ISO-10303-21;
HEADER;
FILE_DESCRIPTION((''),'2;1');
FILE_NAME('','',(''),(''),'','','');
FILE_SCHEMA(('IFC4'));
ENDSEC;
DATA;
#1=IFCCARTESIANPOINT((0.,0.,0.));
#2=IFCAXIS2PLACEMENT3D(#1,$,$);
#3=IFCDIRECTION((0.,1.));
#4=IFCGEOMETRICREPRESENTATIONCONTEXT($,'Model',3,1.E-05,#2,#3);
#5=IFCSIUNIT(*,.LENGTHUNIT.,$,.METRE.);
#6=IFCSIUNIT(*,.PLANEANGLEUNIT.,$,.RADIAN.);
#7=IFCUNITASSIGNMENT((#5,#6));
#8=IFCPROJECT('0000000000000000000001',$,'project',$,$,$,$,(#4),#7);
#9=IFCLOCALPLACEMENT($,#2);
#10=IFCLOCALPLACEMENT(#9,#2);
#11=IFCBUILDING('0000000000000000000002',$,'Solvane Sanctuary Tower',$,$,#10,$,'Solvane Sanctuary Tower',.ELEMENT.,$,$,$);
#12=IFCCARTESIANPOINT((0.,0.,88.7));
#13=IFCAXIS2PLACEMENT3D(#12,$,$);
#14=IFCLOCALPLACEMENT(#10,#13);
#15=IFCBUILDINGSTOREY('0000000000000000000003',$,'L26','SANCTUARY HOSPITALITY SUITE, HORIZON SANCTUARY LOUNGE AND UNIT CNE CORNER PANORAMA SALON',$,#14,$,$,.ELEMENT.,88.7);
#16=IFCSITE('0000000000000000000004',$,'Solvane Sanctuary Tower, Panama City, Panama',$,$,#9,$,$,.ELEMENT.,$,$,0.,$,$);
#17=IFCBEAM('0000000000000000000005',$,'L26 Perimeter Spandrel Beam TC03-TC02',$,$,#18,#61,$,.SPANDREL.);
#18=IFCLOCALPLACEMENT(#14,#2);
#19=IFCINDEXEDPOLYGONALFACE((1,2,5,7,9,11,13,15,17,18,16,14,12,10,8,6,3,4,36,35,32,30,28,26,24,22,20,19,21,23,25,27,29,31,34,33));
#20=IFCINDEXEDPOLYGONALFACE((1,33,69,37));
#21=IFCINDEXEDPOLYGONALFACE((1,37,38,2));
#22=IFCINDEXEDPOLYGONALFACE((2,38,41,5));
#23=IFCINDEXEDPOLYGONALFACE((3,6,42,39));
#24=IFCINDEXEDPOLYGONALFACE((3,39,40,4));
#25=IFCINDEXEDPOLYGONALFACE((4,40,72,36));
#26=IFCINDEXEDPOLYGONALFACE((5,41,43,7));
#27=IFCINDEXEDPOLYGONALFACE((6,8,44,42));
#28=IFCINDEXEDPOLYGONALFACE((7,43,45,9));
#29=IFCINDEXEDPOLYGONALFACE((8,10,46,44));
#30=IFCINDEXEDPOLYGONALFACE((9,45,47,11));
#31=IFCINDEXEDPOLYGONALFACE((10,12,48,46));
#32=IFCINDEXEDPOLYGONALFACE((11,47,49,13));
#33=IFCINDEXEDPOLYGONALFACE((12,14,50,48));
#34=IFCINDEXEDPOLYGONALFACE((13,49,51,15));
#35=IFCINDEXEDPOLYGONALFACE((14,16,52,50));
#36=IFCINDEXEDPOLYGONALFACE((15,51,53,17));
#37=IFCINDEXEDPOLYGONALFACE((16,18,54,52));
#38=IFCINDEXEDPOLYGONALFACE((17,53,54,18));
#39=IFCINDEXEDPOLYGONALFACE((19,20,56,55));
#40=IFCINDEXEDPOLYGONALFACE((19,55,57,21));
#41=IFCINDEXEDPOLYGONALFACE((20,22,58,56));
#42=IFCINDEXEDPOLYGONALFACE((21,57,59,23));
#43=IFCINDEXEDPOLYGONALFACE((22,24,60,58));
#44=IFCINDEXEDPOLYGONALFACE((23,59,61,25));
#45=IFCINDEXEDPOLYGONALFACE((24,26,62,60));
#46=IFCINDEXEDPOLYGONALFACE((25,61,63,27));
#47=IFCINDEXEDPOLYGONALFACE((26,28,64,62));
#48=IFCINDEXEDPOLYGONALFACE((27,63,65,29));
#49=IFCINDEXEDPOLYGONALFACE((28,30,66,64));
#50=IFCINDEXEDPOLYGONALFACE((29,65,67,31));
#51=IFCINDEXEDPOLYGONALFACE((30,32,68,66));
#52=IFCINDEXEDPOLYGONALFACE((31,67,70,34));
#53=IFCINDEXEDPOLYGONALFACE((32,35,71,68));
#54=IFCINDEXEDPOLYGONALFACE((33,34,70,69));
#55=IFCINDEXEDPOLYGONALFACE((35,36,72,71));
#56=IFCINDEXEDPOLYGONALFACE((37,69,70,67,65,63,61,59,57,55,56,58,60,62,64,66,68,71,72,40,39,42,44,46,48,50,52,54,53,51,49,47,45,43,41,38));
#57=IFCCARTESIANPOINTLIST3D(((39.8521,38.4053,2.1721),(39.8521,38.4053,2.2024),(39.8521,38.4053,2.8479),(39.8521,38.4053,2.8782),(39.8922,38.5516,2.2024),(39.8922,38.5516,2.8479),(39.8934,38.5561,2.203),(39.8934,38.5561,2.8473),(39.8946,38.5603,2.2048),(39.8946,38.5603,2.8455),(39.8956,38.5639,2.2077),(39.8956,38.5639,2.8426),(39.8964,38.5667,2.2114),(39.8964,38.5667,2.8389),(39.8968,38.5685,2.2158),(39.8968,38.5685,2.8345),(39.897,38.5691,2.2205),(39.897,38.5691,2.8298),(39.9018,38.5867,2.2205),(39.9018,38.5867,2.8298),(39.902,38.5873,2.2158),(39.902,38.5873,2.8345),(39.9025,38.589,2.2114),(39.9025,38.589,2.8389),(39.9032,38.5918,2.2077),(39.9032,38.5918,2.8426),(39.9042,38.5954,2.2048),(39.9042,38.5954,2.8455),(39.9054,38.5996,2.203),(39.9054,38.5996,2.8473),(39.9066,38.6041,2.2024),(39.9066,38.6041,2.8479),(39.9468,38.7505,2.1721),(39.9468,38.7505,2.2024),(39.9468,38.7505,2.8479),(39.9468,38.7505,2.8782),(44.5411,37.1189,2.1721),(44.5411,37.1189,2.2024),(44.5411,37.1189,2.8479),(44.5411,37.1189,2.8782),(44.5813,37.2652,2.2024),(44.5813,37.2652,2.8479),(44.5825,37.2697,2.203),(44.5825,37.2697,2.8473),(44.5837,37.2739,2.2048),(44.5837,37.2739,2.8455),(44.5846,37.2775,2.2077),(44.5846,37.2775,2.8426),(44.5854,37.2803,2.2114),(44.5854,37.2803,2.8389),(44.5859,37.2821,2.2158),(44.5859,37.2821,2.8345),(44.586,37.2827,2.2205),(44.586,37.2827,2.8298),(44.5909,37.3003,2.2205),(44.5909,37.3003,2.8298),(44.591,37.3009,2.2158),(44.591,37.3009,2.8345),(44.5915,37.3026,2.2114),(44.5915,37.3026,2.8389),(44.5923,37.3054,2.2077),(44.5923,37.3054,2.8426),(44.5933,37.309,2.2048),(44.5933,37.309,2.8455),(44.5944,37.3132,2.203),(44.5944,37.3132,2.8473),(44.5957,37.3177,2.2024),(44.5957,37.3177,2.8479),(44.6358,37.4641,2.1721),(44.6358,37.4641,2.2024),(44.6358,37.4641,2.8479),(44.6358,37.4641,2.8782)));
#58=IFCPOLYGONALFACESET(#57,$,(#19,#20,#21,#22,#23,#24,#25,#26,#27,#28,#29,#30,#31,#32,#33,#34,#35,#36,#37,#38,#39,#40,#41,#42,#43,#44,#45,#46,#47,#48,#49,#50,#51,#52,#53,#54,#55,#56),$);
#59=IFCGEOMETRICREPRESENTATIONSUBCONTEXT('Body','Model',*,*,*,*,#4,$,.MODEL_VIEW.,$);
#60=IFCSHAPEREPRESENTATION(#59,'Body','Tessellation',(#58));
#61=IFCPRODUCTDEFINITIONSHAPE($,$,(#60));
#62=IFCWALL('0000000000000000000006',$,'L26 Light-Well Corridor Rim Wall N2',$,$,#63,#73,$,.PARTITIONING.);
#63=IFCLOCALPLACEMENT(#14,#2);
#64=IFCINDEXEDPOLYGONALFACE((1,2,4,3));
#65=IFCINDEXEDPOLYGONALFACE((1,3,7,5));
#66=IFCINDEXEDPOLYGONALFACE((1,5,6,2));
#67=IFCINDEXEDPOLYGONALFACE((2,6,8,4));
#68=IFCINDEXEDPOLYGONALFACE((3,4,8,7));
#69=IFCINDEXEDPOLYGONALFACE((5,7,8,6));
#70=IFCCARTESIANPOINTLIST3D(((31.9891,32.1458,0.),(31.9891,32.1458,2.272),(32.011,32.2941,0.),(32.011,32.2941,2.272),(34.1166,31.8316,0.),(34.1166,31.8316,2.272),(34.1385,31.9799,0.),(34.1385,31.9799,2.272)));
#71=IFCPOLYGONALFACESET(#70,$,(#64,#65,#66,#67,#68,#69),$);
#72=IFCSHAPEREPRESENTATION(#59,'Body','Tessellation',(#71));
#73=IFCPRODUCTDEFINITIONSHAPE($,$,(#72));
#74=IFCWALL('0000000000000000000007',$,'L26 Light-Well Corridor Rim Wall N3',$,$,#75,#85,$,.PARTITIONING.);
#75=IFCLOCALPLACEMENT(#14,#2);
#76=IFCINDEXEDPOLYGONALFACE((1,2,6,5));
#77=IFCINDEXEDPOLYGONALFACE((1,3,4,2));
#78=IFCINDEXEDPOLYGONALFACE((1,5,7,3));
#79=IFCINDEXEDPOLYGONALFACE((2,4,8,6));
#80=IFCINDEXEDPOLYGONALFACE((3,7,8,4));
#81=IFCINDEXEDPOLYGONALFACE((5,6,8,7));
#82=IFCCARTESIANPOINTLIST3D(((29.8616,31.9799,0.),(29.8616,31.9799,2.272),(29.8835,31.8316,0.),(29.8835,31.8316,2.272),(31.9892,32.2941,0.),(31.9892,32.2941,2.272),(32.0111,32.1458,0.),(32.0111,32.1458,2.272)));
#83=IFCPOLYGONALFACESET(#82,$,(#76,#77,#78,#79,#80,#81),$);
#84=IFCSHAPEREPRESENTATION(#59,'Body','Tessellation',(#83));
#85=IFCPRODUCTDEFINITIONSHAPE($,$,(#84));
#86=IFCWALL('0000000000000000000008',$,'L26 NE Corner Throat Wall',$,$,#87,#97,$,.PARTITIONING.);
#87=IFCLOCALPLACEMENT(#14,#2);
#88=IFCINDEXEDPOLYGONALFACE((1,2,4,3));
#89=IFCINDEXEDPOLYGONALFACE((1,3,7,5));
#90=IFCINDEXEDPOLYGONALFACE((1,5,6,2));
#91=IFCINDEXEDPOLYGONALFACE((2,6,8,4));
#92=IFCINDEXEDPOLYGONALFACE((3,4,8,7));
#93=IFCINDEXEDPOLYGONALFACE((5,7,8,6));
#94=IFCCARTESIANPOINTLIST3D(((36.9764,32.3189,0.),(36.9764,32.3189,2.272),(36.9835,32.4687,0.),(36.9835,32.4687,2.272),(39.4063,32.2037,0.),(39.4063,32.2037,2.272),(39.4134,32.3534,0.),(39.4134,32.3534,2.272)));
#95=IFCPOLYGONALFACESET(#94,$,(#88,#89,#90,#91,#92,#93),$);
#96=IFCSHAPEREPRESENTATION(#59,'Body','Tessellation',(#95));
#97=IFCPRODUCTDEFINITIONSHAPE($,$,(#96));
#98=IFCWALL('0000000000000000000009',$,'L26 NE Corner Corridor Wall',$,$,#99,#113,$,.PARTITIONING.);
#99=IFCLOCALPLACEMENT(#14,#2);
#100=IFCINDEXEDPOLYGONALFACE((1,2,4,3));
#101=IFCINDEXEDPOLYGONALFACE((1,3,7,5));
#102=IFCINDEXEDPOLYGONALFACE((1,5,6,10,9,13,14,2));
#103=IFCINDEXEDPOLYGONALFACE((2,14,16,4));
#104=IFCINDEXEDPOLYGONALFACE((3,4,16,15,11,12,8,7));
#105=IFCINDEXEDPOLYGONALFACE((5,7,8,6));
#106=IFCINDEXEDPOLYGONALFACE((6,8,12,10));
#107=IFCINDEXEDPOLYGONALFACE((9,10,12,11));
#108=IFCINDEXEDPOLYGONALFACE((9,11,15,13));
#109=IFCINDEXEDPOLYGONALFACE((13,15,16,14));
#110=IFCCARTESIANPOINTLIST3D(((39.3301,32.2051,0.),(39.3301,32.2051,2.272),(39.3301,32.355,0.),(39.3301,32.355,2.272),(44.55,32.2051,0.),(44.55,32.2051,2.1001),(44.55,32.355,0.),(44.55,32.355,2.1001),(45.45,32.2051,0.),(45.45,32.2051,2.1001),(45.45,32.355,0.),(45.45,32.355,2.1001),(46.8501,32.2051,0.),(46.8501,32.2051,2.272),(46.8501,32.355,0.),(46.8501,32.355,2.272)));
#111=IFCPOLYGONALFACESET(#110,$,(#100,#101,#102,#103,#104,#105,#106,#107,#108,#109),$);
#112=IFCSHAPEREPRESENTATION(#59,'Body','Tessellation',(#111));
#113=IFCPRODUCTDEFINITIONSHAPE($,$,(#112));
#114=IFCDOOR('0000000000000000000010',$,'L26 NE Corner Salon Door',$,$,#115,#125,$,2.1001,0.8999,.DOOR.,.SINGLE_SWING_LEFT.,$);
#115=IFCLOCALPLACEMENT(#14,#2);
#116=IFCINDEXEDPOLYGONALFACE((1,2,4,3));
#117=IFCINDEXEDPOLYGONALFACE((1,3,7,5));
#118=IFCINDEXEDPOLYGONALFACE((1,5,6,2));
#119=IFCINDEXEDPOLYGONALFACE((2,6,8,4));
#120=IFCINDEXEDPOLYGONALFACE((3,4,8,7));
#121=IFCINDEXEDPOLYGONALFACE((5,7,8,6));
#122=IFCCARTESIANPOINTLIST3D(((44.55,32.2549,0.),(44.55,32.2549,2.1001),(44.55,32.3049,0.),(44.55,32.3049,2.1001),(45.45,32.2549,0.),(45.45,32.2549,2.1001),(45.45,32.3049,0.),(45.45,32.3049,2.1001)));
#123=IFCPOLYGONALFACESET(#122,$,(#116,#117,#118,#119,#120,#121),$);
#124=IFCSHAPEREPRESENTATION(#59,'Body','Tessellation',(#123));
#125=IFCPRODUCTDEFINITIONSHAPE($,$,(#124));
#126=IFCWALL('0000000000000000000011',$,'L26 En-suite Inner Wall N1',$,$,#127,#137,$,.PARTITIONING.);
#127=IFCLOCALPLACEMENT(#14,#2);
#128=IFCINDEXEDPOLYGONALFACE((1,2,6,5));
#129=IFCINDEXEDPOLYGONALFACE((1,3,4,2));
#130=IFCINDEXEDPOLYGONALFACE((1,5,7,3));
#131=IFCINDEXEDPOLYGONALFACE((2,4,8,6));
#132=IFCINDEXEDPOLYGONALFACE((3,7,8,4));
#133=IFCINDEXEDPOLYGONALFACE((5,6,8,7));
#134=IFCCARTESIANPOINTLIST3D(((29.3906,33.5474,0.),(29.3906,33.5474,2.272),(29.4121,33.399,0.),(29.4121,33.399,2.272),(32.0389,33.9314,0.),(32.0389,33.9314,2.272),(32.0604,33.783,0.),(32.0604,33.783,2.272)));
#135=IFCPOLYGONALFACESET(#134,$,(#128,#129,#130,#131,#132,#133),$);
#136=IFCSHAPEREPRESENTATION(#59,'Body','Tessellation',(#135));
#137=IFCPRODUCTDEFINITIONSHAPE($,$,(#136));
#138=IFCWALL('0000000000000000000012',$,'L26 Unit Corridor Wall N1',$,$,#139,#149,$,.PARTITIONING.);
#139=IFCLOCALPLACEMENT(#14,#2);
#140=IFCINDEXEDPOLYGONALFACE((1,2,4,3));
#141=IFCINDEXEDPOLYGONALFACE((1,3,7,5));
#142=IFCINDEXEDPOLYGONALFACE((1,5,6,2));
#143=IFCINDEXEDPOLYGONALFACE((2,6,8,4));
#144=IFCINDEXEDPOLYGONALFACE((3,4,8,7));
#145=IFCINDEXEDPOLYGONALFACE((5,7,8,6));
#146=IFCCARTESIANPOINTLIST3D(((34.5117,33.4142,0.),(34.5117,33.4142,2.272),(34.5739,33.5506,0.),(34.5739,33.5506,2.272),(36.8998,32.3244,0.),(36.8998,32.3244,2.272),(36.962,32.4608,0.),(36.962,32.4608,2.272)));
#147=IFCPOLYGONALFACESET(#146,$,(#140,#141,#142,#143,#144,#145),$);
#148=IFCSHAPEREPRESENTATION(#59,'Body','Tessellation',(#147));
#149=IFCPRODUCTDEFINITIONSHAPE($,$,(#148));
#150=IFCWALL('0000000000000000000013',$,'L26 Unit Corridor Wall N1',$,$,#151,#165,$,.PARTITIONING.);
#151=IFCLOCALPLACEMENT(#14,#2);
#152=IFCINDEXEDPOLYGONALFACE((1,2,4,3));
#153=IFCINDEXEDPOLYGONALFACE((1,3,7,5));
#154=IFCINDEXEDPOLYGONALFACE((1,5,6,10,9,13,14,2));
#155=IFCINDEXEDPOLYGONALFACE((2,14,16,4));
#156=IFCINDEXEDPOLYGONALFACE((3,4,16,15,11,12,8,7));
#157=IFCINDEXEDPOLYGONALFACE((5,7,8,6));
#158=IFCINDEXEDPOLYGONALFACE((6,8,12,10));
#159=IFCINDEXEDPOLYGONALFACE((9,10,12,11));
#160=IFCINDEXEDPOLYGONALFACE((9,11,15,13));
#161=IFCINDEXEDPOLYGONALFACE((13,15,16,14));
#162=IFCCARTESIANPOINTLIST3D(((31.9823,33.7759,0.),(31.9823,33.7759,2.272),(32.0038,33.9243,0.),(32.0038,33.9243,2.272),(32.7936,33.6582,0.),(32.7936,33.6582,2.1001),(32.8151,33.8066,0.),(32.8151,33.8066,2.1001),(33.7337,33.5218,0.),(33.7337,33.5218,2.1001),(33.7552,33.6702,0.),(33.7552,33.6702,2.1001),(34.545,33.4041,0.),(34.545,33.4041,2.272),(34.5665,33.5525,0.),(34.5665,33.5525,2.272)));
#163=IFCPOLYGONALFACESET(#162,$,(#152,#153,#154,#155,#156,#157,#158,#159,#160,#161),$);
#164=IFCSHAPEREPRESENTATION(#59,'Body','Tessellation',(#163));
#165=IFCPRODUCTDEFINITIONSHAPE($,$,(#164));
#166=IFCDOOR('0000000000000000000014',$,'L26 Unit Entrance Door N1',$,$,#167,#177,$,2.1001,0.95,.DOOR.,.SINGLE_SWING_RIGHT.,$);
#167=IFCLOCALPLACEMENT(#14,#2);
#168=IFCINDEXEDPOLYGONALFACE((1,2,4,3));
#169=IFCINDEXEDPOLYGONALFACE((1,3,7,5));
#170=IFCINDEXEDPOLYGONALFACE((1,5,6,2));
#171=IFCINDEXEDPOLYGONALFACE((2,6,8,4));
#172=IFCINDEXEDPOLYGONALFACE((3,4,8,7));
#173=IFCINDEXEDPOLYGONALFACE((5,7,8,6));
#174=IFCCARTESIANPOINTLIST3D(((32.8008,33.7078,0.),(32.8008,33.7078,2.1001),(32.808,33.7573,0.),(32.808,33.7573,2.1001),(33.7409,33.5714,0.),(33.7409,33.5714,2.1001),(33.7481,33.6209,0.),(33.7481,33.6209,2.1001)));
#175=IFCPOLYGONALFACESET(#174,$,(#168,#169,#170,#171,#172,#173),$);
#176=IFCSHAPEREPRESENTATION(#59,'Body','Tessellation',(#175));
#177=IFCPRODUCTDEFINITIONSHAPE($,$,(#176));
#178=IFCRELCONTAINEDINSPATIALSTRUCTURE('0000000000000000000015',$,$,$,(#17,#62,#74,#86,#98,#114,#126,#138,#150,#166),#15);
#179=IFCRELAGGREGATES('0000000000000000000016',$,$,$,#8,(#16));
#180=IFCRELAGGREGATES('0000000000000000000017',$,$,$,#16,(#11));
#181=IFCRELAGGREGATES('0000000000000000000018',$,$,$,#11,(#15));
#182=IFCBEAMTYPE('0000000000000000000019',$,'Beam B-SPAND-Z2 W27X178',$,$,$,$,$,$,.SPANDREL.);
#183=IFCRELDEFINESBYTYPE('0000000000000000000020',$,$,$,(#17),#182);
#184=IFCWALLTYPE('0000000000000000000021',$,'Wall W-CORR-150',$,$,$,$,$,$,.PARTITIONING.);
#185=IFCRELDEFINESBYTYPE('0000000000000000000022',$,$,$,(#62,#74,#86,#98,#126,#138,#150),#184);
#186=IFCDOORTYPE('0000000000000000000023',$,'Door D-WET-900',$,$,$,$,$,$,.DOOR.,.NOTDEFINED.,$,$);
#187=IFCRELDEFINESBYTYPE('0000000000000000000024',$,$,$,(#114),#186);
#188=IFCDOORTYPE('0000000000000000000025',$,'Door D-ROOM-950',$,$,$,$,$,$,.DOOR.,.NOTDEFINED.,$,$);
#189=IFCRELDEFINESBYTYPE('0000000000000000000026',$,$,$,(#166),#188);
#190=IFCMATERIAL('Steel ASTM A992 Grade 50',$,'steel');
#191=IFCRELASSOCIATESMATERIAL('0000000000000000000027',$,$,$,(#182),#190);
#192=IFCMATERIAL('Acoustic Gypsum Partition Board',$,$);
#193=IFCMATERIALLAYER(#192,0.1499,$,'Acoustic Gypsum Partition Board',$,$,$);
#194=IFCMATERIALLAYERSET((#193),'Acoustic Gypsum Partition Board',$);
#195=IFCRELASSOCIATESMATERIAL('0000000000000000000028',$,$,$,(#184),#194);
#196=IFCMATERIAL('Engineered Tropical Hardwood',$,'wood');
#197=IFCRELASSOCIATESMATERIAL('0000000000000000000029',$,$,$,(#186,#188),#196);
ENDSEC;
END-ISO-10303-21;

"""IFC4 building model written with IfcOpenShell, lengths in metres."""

from ifc_helpers import new_model, si_unit, direction, frame, frame_2d, origin, origin_2d, place, context, subcontext, project, spatial, rectangle, i_section, extrude, material, layer, layer_set, material_profile, profile_set, type_object, element, fill, save


model = new_model("IFC4")

# Units and contexts
model_context = context("Model", 3, precision=1e-05, world=origin(), true_north=direction((0.0, 1.0)))
body_context = subcontext(model_context, "Body", "Model", "MODEL_VIEW")
ifc_project = project(units=[si_unit("LENGTHUNIT", "METRE"), si_unit("PLANEANGLEUNIT", "RADIAN")], contexts=[model_context])

# Site, building, storey
site_placement = place(None, origin())
site = spatial("IfcSite", under=ifc_project, at=site_placement, Name="Solvane Sanctuary Tower, Panama City, Panama", CompositionType="ELEMENT", RefElevation=0.0)
building_placement = place(site_placement, origin())
building = spatial("IfcBuilding", under=site, at=building_placement, Name="Solvane Sanctuary Tower", LongName="Solvane Sanctuary Tower", CompositionType="ELEMENT")
storey_placement = place(building_placement, frame((0.0, 0.0, 88.7)))
storey = spatial("IfcBuildingStorey", under=building, at=storey_placement, Name="L26", Description="SANCTUARY HOSPITALITY SUITE, HORIZON SANCTUARY LOUNGE AND UNIT CNE CORNER PANORAMA SALON", CompositionType="ELEMENT", Elevation=88.7)

# Beam
ifc_material_1 = material(Name="Steel ASTM A992 Grade 50", Category="steel")
ifc_material_profile_1 = material_profile(ifc_material_1, i_section(OverallWidth=0.3579, OverallDepth=0.7061, WebThickness=0.0183, FlangeThickness=0.0303, FilletRadius=0.0181, at=origin_2d()), Name="W27X178")
ifc_profile_set_1 = profile_set([ifc_material_profile_1], Name="Steel ASTM A992 Grade 50")
beam_type_1 = type_object("IfcBeamType", Name="Beam B-SPAND-Z2 W27X178", PredefinedType="SPANDREL", material=ifc_profile_set_1)
beam_1_placement = place(storey_placement, frame((39.8994, 38.5779, 2.5251), z_axis=(0.964368, -0.264566, 0.0), x_axis=(0.264566, 0.964368, 0.0)))
element("IfcBeam", 1, at=beam_1_placement, inside=storey, type_object=beam_type_1, Name="L26 Perimeter Spandrel Beam TC03-TC02", PredefinedType="SPANDREL", context=body_context, shape_type="SweptSolid", body=[
    extrude(i_section(OverallWidth=0.3579, OverallDepth=0.7061, WebThickness=0.0183, FlangeThickness=0.0303, FilletRadius=0.0181, at=origin_2d()), origin(), (0.0, 0.0, 1.0), 4.8623),
])

# Walls
ifc_material_2 = material(Name="Acoustic Gypsum Partition Board")
ifc_layer_1 = layer(ifc_material_2, 0.1499, Name="Acoustic Gypsum Partition Board")
ifc_layer_set_1 = layer_set([ifc_layer_1], Name="Acoustic Gypsum Partition Board")
wall_type_1 = type_object("IfcWallType", Name="Wall W-CORR-150", PredefinedType="PARTITIONING", material=ifc_layer_set_1)
for number, where, z_axis, x_axis, name in (
    (2, (34.1274, 31.9058, 0.0), (0.0, 0.0, 1.0), (-0.989269, 0.146108, 0.0), "L26 Light-Well Corridor Rim Wall N2"),
    (3, (32.0, 32.22, 0.0), (0.0, 0.0, 1.0), (-0.989269, -0.146108, 0.0), "L26 Light-Well Corridor Rim Wall N3"),
):
    element("IfcWall", number, at=place(storey_placement, frame(where, z_axis=z_axis, x_axis=x_axis)), inside=storey, type_object=wall_type_1, Name=name, PredefinedType="PARTITIONING", context=body_context, shape_type="SweptSolid", body=[
        extrude(rectangle(XDim=2.1506, YDim=0.1499, at=frame_2d((1.0752, 0.0))), origin(), (0.0, 0.0, 1.0), 2.272),
    ])
wall_1_placement = place(storey_placement, frame((36.98, 32.3938, 0.0), z_axis=(0.0, 0.0, 1.0), x_axis=(0.998877, -0.04737, 0.0)))
element("IfcWall", 4, at=wall_1_placement, inside=storey, type_object=wall_type_1, Name="L26 NE Corner Throat Wall", PredefinedType="PARTITIONING", context=body_context, shape_type="SweptSolid", body=[
    extrude(rectangle(XDim=2.4326, YDim=0.1499, at=frame_2d((1.2163, 0.0))), origin(), (0.0, 0.0, 1.0), 2.272),
])

# Wall, opening, door
wall_2_placement = place(storey_placement, frame((39.3301, 32.28, 0.0), z_axis=(0.0, 0.0, 1.0), x_axis=(1.0, 0.0, 0.0)))
wall_2 = element("IfcWall", 5, at=wall_2_placement, inside=storey, type_object=wall_type_1, Name="L26 NE Corner Corridor Wall", PredefinedType="PARTITIONING", context=body_context, shape_type="SweptSolid", body=[
    extrude(rectangle(XDim=7.52, YDim=0.1499, at=frame_2d((3.76, 0.0))), origin(), (0.0, 0.0, 1.0), 2.272),
])
opening_1_placement = place(wall_2_placement, frame((5.22, 0.0, 0.0)))
opening_1 = element("IfcOpeningElement", 6, at=opening_1_placement, cuts=wall_2, PredefinedType="OPENING", context=body_context, shape_type="SweptSolid", body=[
    extrude(rectangle(XDim=0.8999, YDim=2.1001, at=frame_2d((0.45, 1.05))), frame((0.0, 0.085, 0.0), z_axis=(0.0, -1.0, 0.0), x_axis=(1.0, 0.0, 0.0)), (0.0, 0.0, 1.0), 0.1699),
])
ifc_material_3 = material(Name="Engineered Tropical Hardwood", Category="wood")
door_type_1 = type_object("IfcDoorType", Name="Door D-WET-900", OperationType="NOTDEFINED", PredefinedType="DOOR", material=ifc_material_3)
door_1_placement = place(opening_1_placement, origin())
door_1 = element("IfcDoor", 7, at=door_1_placement, inside=storey, type_object=door_type_1, Name="L26 NE Corner Salon Door", OperationType="SINGLE_SWING_LEFT", OverallHeight=2.1001, OverallWidth=0.8999, PredefinedType="DOOR", context=body_context, shape_type="SweptSolid", body=[
    extrude(rectangle(XDim=0.8999, YDim=2.1001, at=frame_2d((0.45, 1.05))), frame((0.0, 0.0249, 0.0), z_axis=(0.0, -1.0, 0.0), x_axis=(1.0, 0.0, 0.0)), (0.0, 0.0, 1.0), 0.05),
])
fill(opening_1, door_1)

# Walls
wall_3_placement = place(storey_placement, frame((32.0496, 33.8572, 0.0), z_axis=(0.0, 0.0, 1.0), x_axis=(-0.98965, -0.143503, 0.0)))
element("IfcWall", 8, at=wall_3_placement, inside=storey, type_object=wall_type_1, Name="L26 En-suite Inner Wall N1", PredefinedType="PARTITIONING", context=body_context, shape_type="SweptSolid", body=[
    extrude(rectangle(XDim=2.676, YDim=0.1499, at=frame_2d((1.3379, 0.0))), origin(), (0.0, 0.0, 1.0), 2.272),
])
wall_4_placement = place(storey_placement, frame((36.9309, 32.3926, 0.0), z_axis=(0.0, 0.0, 1.0), x_axis=(-0.909748, 0.415162, 0.0)))
element("IfcWall", 9, at=wall_4_placement, inside=storey, type_object=wall_type_1, Name="L26 Unit Corridor Wall N1", PredefinedType="PARTITIONING", context=body_context, shape_type="SweptSolid", body=[
    extrude(rectangle(XDim=2.625, YDim=0.1499, at=frame_2d((1.3125, 0.0))), origin(), (0.0, 0.0, 1.0), 2.272),
])

# Wall, opening, door
wall_5_placement = place(storey_placement, frame((34.5559, 33.4783, 0.0), z_axis=(0.0, 0.0, 1.0), x_axis=(-0.989638, 0.143586, 0.0)))
wall_5 = element("IfcWall", 10, at=wall_5_placement, inside=storey, type_object=wall_type_1, Name="L26 Unit Corridor Wall N1", PredefinedType="PARTITIONING", context=body_context, shape_type="SweptSolid", body=[
    extrude(rectangle(XDim=2.5896, YDim=0.1499, at=frame_2d((1.2949, 0.0))), origin(), (0.0, 0.0, 1.0), 2.272),
])
opening_2_placement = place(wall_5_placement, frame((0.8198, 0.0, 0.0)))
opening_2 = element("IfcOpeningElement", 11, at=opening_2_placement, cuts=wall_5, PredefinedType="OPENING", context=body_context, shape_type="SweptSolid", body=[
    extrude(rectangle(XDim=0.95, YDim=2.1001, at=frame_2d((0.4751, 1.05))), frame((0.0, 0.085, 0.0), z_axis=(0.0, -1.0, 0.0), x_axis=(1.0, 0.0, 0.0)), (0.0, 0.0, 1.0), 0.1699),
])
door_type_2 = type_object("IfcDoorType", Name="Door D-ROOM-950", OperationType="NOTDEFINED", PredefinedType="DOOR", material=ifc_material_3)
door_2_placement = place(opening_2_placement, origin())
door_2 = element("IfcDoor", 12, at=door_2_placement, inside=storey, type_object=door_type_2, Name="L26 Unit Entrance Door N1", OperationType="SINGLE_SWING_RIGHT", OverallHeight=2.1001, OverallWidth=0.95, PredefinedType="DOOR", context=body_context, shape_type="SweptSolid", body=[
    extrude(rectangle(XDim=0.95, YDim=2.1001, at=frame_2d((0.4751, 1.05))), frame((0.0, 0.0249, 0.0), z_axis=(0.0, -1.0, 0.0), x_axis=(1.0, 0.0, 0.0)), (0.0, 0.0, 1.0), 0.05),
])
fill(opening_2, door_2)

save(model, "model.ifc")
